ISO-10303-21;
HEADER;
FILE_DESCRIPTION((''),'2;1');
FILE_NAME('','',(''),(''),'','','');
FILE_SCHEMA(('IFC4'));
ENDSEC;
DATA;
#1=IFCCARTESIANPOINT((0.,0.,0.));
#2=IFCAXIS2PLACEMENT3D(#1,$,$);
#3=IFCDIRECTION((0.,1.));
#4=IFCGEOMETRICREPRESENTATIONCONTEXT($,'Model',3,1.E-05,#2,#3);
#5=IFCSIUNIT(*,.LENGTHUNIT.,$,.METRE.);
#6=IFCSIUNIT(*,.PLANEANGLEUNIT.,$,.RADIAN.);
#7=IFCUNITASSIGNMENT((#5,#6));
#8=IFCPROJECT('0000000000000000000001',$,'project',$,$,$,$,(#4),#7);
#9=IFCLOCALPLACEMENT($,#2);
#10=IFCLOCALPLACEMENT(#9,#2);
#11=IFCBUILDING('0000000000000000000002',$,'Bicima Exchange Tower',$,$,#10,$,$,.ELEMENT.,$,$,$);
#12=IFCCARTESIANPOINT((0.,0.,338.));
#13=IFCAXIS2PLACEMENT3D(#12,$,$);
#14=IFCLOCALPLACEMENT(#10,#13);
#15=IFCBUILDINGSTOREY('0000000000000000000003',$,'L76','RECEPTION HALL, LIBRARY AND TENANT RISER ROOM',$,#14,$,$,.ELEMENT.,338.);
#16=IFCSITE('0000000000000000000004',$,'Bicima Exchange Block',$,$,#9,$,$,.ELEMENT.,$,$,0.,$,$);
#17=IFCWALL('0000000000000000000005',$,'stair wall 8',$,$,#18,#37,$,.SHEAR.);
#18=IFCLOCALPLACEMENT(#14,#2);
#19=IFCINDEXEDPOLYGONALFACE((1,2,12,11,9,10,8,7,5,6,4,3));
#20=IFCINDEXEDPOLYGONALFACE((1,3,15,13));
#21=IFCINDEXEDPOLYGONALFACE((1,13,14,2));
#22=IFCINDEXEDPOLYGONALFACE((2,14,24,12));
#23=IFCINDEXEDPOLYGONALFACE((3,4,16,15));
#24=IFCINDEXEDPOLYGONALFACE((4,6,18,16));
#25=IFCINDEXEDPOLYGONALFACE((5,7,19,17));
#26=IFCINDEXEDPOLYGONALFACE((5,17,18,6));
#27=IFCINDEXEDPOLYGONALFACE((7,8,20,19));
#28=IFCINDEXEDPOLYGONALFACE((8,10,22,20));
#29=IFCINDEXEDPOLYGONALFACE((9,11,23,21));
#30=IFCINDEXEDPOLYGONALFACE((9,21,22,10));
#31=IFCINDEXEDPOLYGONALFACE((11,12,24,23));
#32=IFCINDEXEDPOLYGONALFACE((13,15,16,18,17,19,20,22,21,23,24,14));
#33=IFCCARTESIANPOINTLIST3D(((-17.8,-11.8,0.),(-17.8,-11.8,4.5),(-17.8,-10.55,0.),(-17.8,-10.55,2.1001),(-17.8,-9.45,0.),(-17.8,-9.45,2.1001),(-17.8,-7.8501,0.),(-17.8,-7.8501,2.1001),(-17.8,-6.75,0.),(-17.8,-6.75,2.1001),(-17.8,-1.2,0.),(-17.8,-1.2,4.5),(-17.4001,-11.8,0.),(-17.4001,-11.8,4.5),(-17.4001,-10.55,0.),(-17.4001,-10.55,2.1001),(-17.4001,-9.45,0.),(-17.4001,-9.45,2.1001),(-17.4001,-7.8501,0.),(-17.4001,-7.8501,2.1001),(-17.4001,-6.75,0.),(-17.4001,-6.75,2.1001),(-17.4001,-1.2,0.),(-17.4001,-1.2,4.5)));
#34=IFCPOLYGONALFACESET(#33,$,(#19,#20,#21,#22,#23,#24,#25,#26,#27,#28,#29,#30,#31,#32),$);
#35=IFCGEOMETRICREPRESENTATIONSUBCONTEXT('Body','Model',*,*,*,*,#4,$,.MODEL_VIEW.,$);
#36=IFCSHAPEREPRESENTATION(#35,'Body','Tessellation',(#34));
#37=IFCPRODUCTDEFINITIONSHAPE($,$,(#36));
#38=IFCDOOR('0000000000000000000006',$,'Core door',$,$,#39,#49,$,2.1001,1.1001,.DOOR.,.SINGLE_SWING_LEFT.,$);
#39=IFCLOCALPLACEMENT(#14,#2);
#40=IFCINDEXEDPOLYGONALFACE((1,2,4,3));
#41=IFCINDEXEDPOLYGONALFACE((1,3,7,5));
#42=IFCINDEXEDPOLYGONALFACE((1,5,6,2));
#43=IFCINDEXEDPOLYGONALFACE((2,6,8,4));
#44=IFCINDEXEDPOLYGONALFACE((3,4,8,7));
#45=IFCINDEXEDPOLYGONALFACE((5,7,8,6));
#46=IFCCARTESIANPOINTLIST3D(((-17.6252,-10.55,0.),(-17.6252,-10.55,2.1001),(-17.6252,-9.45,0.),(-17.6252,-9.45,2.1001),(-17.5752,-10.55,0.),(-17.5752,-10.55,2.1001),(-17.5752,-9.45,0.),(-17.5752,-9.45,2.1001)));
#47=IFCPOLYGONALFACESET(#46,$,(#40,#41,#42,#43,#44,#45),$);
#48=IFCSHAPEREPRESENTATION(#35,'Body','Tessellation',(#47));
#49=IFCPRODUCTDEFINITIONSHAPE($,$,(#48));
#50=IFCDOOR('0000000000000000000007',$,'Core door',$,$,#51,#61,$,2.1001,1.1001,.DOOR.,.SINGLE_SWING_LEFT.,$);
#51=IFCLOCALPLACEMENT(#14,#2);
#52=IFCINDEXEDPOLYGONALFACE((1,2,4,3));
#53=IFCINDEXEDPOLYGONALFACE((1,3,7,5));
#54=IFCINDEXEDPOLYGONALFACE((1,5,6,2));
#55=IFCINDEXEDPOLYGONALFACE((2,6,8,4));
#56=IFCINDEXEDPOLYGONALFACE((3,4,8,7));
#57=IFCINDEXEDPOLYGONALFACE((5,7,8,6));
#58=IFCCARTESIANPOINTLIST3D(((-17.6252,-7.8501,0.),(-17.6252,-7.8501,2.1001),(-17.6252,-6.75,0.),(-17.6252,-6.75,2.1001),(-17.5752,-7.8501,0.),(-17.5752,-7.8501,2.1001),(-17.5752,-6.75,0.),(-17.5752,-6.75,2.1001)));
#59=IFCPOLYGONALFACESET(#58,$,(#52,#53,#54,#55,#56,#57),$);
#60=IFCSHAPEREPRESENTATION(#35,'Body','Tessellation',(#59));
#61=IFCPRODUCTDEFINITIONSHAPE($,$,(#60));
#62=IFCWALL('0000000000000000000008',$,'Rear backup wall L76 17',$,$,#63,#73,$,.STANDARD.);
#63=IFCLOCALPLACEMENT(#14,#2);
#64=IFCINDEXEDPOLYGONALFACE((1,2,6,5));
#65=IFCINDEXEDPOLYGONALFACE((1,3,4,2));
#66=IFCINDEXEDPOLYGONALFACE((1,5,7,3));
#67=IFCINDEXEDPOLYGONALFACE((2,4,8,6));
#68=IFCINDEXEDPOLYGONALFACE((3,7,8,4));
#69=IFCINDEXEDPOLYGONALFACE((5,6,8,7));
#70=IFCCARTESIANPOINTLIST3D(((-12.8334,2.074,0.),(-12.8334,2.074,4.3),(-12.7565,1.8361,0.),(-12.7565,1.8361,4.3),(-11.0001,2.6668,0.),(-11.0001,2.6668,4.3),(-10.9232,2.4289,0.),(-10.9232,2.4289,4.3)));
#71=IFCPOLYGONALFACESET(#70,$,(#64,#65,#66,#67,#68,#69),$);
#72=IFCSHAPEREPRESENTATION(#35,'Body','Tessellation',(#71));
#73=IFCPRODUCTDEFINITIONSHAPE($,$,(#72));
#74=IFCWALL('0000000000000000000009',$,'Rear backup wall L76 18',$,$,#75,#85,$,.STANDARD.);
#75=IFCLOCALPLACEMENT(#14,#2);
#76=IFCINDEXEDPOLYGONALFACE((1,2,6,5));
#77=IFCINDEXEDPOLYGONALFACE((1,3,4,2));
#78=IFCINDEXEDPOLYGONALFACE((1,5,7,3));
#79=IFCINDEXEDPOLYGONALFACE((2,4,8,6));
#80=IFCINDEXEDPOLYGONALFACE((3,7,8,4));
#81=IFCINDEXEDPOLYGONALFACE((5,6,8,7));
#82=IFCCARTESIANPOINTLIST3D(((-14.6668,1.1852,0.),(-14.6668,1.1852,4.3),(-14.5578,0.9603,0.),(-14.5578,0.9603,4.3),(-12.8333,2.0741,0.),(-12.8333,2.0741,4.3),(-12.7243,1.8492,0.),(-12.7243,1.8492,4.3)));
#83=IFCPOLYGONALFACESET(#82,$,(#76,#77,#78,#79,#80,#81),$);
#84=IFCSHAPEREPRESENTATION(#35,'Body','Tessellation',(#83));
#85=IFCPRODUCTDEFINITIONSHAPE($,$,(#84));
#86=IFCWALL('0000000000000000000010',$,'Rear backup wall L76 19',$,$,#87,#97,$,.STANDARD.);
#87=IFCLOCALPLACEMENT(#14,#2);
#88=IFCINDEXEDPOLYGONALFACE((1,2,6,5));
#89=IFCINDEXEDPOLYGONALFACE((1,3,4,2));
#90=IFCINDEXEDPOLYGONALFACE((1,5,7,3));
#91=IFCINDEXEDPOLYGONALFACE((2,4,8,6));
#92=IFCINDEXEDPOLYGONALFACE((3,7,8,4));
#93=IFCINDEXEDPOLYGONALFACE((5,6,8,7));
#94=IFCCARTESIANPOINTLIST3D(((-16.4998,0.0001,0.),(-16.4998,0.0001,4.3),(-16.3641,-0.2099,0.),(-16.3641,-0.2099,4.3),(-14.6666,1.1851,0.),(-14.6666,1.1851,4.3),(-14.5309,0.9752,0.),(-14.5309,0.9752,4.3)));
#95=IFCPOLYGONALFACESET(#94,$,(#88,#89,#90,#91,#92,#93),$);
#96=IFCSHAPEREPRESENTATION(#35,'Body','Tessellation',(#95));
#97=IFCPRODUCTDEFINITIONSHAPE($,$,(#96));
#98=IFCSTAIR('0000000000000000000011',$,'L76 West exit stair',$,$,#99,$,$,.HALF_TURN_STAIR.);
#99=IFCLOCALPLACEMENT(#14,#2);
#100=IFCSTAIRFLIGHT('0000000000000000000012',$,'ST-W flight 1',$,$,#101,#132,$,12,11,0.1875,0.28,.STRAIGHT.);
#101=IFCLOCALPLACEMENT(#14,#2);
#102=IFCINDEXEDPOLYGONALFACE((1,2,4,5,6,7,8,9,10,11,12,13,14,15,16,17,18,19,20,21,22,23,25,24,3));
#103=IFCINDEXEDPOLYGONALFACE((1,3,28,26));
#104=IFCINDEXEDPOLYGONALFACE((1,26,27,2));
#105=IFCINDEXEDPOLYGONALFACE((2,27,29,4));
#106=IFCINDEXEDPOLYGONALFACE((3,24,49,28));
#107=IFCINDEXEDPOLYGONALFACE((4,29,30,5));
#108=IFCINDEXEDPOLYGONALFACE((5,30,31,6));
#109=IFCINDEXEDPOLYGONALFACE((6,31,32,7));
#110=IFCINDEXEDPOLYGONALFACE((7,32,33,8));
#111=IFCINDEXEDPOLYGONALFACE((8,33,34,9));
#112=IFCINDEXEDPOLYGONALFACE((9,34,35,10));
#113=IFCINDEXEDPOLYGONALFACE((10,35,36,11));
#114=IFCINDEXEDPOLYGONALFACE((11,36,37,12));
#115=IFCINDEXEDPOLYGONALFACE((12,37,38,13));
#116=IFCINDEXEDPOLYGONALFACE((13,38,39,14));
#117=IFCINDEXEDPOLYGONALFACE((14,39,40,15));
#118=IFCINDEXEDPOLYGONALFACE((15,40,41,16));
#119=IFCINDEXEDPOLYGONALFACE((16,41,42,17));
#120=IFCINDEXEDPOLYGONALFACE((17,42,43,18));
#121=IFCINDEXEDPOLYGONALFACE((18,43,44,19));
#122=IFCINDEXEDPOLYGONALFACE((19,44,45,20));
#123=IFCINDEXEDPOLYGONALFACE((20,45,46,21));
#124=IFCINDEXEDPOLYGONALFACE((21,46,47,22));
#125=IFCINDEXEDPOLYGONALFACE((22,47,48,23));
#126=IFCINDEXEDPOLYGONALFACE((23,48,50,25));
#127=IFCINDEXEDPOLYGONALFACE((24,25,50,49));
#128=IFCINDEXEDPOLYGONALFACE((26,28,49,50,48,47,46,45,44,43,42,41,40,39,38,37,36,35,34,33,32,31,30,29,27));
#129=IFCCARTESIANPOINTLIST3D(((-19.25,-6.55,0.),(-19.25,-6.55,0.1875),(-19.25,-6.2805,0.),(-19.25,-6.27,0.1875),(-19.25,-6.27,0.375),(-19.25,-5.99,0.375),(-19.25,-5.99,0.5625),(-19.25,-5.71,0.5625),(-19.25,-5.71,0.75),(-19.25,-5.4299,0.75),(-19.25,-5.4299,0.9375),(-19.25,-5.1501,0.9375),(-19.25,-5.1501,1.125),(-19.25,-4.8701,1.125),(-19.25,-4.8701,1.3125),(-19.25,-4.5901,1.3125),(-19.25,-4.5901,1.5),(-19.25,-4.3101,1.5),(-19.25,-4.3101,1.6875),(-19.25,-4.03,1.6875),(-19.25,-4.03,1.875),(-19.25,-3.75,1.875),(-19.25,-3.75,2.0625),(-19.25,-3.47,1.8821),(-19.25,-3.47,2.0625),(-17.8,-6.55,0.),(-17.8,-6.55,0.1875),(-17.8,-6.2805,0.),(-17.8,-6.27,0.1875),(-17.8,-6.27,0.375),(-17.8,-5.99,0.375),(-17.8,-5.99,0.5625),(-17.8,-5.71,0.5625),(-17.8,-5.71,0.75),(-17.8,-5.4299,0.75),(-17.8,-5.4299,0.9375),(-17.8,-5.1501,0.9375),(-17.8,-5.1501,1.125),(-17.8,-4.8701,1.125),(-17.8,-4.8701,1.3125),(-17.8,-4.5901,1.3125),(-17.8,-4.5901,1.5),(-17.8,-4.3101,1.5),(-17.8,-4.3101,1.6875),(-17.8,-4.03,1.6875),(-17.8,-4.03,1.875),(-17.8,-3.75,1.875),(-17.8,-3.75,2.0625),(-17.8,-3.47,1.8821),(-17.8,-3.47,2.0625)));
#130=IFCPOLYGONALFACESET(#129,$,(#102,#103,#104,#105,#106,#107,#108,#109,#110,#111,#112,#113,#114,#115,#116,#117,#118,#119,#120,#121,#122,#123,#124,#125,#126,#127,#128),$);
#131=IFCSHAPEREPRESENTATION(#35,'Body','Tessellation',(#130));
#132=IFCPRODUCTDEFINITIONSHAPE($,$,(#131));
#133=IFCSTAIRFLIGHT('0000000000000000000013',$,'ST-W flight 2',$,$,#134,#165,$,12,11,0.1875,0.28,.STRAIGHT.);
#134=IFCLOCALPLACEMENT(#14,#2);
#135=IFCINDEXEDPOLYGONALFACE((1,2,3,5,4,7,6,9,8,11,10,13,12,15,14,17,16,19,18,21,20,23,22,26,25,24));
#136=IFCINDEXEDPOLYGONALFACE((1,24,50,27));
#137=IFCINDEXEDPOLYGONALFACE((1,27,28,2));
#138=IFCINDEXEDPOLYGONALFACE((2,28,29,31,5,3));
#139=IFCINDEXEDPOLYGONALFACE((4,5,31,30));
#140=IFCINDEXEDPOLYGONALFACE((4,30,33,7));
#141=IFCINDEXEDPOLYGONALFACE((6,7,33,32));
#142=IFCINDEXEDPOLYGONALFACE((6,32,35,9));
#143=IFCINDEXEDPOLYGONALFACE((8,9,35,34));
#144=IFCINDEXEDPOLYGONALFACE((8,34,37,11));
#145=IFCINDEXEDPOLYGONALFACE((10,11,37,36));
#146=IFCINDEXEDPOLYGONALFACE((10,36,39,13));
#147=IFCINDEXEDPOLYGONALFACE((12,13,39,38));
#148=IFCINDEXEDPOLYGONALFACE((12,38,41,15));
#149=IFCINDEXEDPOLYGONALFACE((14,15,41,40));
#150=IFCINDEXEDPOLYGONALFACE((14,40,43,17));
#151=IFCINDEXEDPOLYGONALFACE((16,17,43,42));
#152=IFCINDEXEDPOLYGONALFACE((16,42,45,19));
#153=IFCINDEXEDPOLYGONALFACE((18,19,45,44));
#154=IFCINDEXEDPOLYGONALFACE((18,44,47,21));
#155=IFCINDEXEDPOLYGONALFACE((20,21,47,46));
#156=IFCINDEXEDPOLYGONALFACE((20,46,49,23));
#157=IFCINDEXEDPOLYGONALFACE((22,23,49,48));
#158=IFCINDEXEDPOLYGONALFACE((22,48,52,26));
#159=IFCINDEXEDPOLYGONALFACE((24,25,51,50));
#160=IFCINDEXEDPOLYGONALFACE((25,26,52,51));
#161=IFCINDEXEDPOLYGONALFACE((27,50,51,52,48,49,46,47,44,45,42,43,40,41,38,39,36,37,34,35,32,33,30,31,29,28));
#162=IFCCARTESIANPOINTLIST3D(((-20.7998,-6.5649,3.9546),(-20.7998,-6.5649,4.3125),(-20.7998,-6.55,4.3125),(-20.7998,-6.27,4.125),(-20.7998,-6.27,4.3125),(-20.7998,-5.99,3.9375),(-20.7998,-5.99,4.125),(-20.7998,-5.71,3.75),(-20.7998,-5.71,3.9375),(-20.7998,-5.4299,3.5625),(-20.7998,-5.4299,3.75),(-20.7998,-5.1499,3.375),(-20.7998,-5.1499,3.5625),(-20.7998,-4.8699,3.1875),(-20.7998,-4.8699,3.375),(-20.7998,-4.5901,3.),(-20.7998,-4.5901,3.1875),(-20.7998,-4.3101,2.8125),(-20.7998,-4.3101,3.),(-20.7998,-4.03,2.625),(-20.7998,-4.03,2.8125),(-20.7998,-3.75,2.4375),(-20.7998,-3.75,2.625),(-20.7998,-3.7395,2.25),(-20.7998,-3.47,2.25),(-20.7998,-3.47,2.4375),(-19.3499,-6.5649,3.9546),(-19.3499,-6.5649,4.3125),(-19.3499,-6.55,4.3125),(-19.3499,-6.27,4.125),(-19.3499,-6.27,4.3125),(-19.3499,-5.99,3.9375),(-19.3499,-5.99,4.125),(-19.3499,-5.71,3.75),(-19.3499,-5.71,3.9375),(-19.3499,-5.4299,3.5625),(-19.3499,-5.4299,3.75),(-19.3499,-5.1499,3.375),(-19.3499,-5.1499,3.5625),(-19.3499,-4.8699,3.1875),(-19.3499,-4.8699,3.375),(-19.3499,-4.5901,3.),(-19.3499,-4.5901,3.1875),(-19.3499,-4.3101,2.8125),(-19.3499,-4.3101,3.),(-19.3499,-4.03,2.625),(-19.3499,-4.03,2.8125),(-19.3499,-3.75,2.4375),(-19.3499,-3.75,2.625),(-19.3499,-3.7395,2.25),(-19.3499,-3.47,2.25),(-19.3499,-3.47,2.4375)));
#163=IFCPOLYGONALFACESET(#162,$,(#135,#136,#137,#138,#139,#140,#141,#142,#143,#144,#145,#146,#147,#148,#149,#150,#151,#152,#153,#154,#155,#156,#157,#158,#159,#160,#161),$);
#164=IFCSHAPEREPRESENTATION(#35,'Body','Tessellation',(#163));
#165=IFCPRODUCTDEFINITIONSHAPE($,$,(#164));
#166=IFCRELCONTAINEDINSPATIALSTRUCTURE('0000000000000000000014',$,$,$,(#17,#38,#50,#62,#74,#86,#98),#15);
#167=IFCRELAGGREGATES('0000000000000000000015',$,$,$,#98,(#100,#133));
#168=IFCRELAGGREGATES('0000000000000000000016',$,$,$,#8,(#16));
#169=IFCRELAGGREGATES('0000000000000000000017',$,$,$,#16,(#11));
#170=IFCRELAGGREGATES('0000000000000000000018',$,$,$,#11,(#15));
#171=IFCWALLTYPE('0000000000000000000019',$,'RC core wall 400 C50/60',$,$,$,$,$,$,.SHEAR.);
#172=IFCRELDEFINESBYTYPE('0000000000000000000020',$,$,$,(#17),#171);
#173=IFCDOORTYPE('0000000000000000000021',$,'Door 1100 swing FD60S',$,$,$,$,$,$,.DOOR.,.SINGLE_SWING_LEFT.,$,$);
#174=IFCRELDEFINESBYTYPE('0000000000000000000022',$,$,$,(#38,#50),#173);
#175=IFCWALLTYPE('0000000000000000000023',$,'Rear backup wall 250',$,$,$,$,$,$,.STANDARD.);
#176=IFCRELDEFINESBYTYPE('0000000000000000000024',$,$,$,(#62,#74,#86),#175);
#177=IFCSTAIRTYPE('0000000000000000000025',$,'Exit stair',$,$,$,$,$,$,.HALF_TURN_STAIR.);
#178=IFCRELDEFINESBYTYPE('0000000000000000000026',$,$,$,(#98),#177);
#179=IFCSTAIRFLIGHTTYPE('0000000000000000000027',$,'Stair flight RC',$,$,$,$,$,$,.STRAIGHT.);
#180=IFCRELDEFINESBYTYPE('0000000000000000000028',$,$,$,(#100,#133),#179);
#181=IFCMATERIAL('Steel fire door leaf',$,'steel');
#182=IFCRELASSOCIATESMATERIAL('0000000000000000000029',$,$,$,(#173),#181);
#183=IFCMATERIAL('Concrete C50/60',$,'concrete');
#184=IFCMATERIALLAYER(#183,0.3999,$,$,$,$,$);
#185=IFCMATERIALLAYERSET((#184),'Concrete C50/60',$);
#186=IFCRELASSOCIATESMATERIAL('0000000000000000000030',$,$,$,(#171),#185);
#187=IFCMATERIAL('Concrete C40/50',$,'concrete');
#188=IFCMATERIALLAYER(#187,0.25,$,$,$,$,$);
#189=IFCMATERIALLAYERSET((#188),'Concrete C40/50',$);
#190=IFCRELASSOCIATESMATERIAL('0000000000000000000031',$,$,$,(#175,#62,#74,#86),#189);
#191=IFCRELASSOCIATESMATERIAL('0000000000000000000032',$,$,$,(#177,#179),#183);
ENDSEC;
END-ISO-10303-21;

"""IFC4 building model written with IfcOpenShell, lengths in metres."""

from ifc_helpers import new_model, si_unit, direction, frame, frame_2d, origin, place, context, subcontext, project, spatial, polyline, rectangle, outline, extrude, material, layer, layer_set, layer_usage, type_object, element, fill, aggregate, save


model = new_model("IFC4")

# Units and contexts
model_context = context("Model", 3, precision=1e-05, world=origin(), true_north=direction((0.0, 1.0)))
body_context = subcontext(model_context, "Body", "Model", "MODEL_VIEW")
ifc_project = project(units=[si_unit("LENGTHUNIT", "METRE"), si_unit("PLANEANGLEUNIT", "RADIAN")], contexts=[model_context])

# Site, building, storey
site_placement = place(None, origin())
site = spatial("IfcSite", under=ifc_project, at=site_placement, Name="Bicima Exchange Block", CompositionType="ELEMENT", RefElevation=0.0)
building_placement = place(site_placement, origin())
building = spatial("IfcBuilding", under=site, at=building_placement, Name="Bicima Exchange Tower", CompositionType="ELEMENT")
storey_placement = place(building_placement, frame((0.0, 0.0, 338.0)))
storey = spatial("IfcBuildingStorey", under=building, at=storey_placement, Name="L76", Description="RECEPTION HALL, LIBRARY AND TENANT RISER ROOM", CompositionType="ELEMENT", Elevation=338.0)

# Shared definitions
ifc_material_1 = material(Name="Concrete C40/50", Category="concrete")

# Shared definitions
ifc_material_2 = material(Name="Steel fire door leaf", Category="steel")

# Shared definitions
door_type_1 = type_object("IfcDoorType", Name="Door 1100 swing FD60S", OperationType="SINGLE_SWING_LEFT", PredefinedType="DOOR", material=ifc_material_2)

# Wall, openings, doors
ifc_material_3 = material(Name="Concrete C50/60", Category="concrete")
ifc_layer_1 = layer(ifc_material_3, 0.3999)
ifc_layer_set_1 = layer_set([ifc_layer_1], Name="Concrete C50/60")
wall_type_1 = type_object("IfcWallType", Name="RC core wall 400 C50/60", PredefinedType="SHEAR", material=ifc_layer_set_1)
wall_1_placement = place(storey_placement, frame((-17.6001, -11.8, 0.0), z_axis=(0.0, 0.0, 1.0), x_axis=(0.0, 1.0, 0.0)))
wall_1 = element("IfcWall", 1, at=wall_1_placement, inside=storey, type_object=wall_type_1, Name="stair wall 8", PredefinedType="SHEAR", context=body_context, shape_type="SweptSolid", body=[
    extrude(rectangle(XDim=10.6001, YDim=0.3999, at=frame_2d((5.3, 0.0))), origin(), (0.0, 0.0, 1.0), 4.5),
])
opening_1_placement = place(wall_1_placement, frame((1.25, 0.0, 0.0)))
opening_1 = element("IfcOpeningElement", 2, at=opening_1_placement, cuts=wall_1, PredefinedType="OPENING", context=body_context, shape_type="SweptSolid", body=[
    extrude(rectangle(XDim=1.1001, YDim=2.1001, at=frame_2d((0.55, 1.05))), frame((0.0, 0.2119, 0.0), z_axis=(0.0, -1.0, 0.0), x_axis=(1.0, 0.0, 0.0)), (0.0, 0.0, 1.0), 0.4238),
])
opening_2_placement = place(wall_1_placement, frame((3.95, 0.0, 0.0)))
opening_2 = element("IfcOpeningElement", 3, at=opening_2_placement, cuts=wall_1, PredefinedType="OPENING", context=body_context, shape_type="SweptSolid", body=[
    extrude(rectangle(XDim=1.1001, YDim=2.1001, at=frame_2d((0.55, 1.05))), frame((0.0, 0.2119, 0.0), z_axis=(0.0, -1.0, 0.0), x_axis=(1.0, 0.0, 0.0)), (0.0, 0.0, 1.0), 0.4238),
])
door_1_placement = place(opening_1_placement, frame((1.1001, 0.0, 0.0), z_axis=(0.0, 0.0, 1.0), x_axis=(-1.0, 0.0, 0.0)))
door_1 = element("IfcDoor", 4, at=door_1_placement, inside=storey, type_object=door_type_1, Name="Core door", OperationType="SINGLE_SWING_LEFT", OverallHeight=2.1001, OverallWidth=1.1001, PredefinedType="DOOR", context=body_context, shape_type="SweptSolid", body=[
    extrude(rectangle(XDim=1.1001, YDim=2.1001, at=frame_2d((0.55, 1.05))), frame((0.0, 0.0249, 0.0), z_axis=(0.0, -1.0, 0.0), x_axis=(1.0, 0.0, 0.0)), (0.0, 0.0, 1.0), 0.05),
])
fill(opening_1, door_1)
door_2_placement = place(opening_2_placement, frame((1.1001, 0.0, 0.0), z_axis=(0.0, 0.0, 1.0), x_axis=(-1.0, 0.0, 0.0)))
door_2 = element("IfcDoor", 5, at=door_2_placement, inside=storey, type_object=door_type_1, Name="Core door", OperationType="SINGLE_SWING_LEFT", OverallHeight=2.1001, OverallWidth=1.1001, PredefinedType="DOOR", context=body_context, shape_type="SweptSolid", body=[
    extrude(rectangle(XDim=1.1001, YDim=2.1001, at=frame_2d((0.55, 1.05))), frame((0.0, 0.0249, 0.0), z_axis=(0.0, -1.0, 0.0), x_axis=(1.0, 0.0, 0.0)), (0.0, 0.0, 1.0), 0.05),
])
fill(opening_2, door_2)

# Walls
ifc_layer_2 = layer(ifc_material_1, 0.25)
ifc_layer_set_2 = layer_set([ifc_layer_2], Name="Concrete C40/50")
ifc_layer_usage = layer_usage(ifc_layer_set_2, "AXIS2", "POSITIVE", -0.125)
wall_type_2 = type_object("IfcWallType", Name="Rear backup wall 250", PredefinedType="STANDARD", material=ifc_layer_set_2)
wall_2_placement = place(storey_placement, frame((-10.9617, 2.5479, 0.0), z_axis=(0.0, 0.0, 1.0), x_axis=(-0.951496, -0.307662, 0.0)))
element("IfcWall", 6, at=wall_2_placement, inside=storey, type_object=wall_type_2, material=ifc_layer_usage, Name="Rear backup wall L76 17", PredefinedType="STANDARD", context=body_context, shape_type="SweptSolid", body=[
    extrude(rectangle(XDim=1.9268, YDim=0.25, at=frame_2d((0.9634, 0.0))), origin(), (0.0, 0.0, 1.0), 4.3),
])
wall_3_placement = place(storey_placement, frame((-12.7788, 1.9617, 0.0), z_axis=(0.0, 0.0, 1.0), x_axis=(-0.899824, -0.436253, 0.0)))
element("IfcWall", 7, at=wall_3_placement, inside=storey, type_object=wall_type_2, material=ifc_layer_usage, Name="Rear backup wall L76 18", PredefinedType="STANDARD", context=body_context, shape_type="SweptSolid", body=[
    extrude(rectangle(XDim=2.0376, YDim=0.25, at=frame_2d((1.0188, 0.0))), origin(), (0.0, 0.0, 1.0), 4.3),
])
wall_4_placement = place(storey_placement, frame((-14.5989, 1.0801, 0.0), z_axis=(0.0, 0.0, 1.0), x_axis=(-0.839813, -0.542876, 0.0)))
element("IfcWall", 8, at=wall_4_placement, inside=storey, type_object=wall_type_2, material=ifc_layer_usage, Name="Rear backup wall L76 19", PredefinedType="STANDARD", context=body_context, shape_type="SweptSolid", body=[
    extrude(rectangle(XDim=2.1829, YDim=0.25, at=frame_2d((1.0913, 0.0))), origin(), (0.0, 0.0, 1.0), 4.3),
])

# Stair, stair flights
stair_type = type_object("IfcStairType", Name="Exit stair", PredefinedType="HALF_TURN_STAIR", material=ifc_material_3)
stair_placement = place(storey_placement, origin())
stair = element("IfcStair", 9, at=stair_placement, inside=storey, type_object=stair_type, Name="L76 West exit stair", PredefinedType="HALF_TURN_STAIR")
stair_flight_type = type_object("IfcStairFlightType", Name="Stair flight RC", PredefinedType="STRAIGHT", material=ifc_material_3)
stair_flight_1_placement = place(storey_placement, frame((-18.5249, -6.55, 0.0), z_axis=(0.0, 0.0, 1.0), x_axis=(0.0, 1.0, 0.0)))
stair_flight_1 = element("IfcStairFlight", 10, at=stair_flight_1_placement, type_object=stair_flight_type, Name="ST-W flight 1", NumberOfRisers=12, NumberOfTreads=11, PredefinedType="STRAIGHT", RiserHeight=0.1875, TreadLength=0.28, context=body_context, shape_type="SweptSolid", body=[
    extrude(outline(polyline([(0.0, 0.0), (0.0, 0.1875), (0.28, 0.1875), (0.28, 0.375), (0.5601, 0.375), (0.5601, 0.5625), (0.8401, 0.5625), (0.8401, 0.75), (1.1201, 0.75), (1.1201, 0.9375), (1.3999, 0.9375), (1.3999, 1.125), (1.6799, 1.125), (1.6799, 1.3125), (1.96, 1.3125), (1.96, 1.5), (2.24, 1.5), (2.24, 1.6875), (2.52, 1.6875), (2.52, 1.875), (2.8, 1.875), (2.8, 2.0625), (3.0801, 2.0625), (3.0801, 2.25), (3.0801, 1.8821), (0.2695, 0.0), (0.0, 0.0)])), frame((0.0, 0.7251, 0.0), z_axis=(0.0, -1.0, 0.0), x_axis=(1.0, 0.0, 0.0)), (0.0, 0.0, 1.0), 1.45),
])
stair_flight_2_placement = place(storey_placement, frame((-20.075, -3.47, 2.25), z_axis=(0.0, 0.0, 1.0), x_axis=(0.0, -1.0, 0.0)))
stair_flight_2 = element("IfcStairFlight", 11, at=stair_flight_2_placement, type_object=stair_flight_type, Name="ST-W flight 2", NumberOfRisers=12, NumberOfTreads=11, PredefinedType="STRAIGHT", RiserHeight=0.1875, TreadLength=0.28, context=body_context, shape_type="SweptSolid", body=[
    extrude(outline(polyline([(0.0, 0.0), (0.0, 0.1875), (0.28, 0.1875), (0.28, 0.375), (0.5601, 0.375), (0.5601, 0.5625), (0.8401, 0.5625), (0.8401, 0.75), (1.1201, 0.75), (1.1201, 0.9375), (1.3999, 0.9375), (1.3999, 1.125), (1.6799, 1.125), (1.6799, 1.3125), (1.96, 1.3125), (1.96, 1.5), (2.24, 1.5), (2.24, 1.6875), (2.52, 1.6875), (2.52, 1.875), (2.8, 1.875), (2.8, 2.0625), (3.0801, 2.0625), (3.095, 2.0625), (3.095, 1.7046), (0.2695, 0.0), (0.0, 0.0)])), frame((0.0, 0.7251, 0.0), z_axis=(0.0, -1.0, 0.0), x_axis=(1.0, 0.0, 0.0)), (0.0, 0.0, 1.0), 1.45),
])
aggregate(stair, [stair_flight_1, stair_flight_2])

save(model, "model.ifc")
